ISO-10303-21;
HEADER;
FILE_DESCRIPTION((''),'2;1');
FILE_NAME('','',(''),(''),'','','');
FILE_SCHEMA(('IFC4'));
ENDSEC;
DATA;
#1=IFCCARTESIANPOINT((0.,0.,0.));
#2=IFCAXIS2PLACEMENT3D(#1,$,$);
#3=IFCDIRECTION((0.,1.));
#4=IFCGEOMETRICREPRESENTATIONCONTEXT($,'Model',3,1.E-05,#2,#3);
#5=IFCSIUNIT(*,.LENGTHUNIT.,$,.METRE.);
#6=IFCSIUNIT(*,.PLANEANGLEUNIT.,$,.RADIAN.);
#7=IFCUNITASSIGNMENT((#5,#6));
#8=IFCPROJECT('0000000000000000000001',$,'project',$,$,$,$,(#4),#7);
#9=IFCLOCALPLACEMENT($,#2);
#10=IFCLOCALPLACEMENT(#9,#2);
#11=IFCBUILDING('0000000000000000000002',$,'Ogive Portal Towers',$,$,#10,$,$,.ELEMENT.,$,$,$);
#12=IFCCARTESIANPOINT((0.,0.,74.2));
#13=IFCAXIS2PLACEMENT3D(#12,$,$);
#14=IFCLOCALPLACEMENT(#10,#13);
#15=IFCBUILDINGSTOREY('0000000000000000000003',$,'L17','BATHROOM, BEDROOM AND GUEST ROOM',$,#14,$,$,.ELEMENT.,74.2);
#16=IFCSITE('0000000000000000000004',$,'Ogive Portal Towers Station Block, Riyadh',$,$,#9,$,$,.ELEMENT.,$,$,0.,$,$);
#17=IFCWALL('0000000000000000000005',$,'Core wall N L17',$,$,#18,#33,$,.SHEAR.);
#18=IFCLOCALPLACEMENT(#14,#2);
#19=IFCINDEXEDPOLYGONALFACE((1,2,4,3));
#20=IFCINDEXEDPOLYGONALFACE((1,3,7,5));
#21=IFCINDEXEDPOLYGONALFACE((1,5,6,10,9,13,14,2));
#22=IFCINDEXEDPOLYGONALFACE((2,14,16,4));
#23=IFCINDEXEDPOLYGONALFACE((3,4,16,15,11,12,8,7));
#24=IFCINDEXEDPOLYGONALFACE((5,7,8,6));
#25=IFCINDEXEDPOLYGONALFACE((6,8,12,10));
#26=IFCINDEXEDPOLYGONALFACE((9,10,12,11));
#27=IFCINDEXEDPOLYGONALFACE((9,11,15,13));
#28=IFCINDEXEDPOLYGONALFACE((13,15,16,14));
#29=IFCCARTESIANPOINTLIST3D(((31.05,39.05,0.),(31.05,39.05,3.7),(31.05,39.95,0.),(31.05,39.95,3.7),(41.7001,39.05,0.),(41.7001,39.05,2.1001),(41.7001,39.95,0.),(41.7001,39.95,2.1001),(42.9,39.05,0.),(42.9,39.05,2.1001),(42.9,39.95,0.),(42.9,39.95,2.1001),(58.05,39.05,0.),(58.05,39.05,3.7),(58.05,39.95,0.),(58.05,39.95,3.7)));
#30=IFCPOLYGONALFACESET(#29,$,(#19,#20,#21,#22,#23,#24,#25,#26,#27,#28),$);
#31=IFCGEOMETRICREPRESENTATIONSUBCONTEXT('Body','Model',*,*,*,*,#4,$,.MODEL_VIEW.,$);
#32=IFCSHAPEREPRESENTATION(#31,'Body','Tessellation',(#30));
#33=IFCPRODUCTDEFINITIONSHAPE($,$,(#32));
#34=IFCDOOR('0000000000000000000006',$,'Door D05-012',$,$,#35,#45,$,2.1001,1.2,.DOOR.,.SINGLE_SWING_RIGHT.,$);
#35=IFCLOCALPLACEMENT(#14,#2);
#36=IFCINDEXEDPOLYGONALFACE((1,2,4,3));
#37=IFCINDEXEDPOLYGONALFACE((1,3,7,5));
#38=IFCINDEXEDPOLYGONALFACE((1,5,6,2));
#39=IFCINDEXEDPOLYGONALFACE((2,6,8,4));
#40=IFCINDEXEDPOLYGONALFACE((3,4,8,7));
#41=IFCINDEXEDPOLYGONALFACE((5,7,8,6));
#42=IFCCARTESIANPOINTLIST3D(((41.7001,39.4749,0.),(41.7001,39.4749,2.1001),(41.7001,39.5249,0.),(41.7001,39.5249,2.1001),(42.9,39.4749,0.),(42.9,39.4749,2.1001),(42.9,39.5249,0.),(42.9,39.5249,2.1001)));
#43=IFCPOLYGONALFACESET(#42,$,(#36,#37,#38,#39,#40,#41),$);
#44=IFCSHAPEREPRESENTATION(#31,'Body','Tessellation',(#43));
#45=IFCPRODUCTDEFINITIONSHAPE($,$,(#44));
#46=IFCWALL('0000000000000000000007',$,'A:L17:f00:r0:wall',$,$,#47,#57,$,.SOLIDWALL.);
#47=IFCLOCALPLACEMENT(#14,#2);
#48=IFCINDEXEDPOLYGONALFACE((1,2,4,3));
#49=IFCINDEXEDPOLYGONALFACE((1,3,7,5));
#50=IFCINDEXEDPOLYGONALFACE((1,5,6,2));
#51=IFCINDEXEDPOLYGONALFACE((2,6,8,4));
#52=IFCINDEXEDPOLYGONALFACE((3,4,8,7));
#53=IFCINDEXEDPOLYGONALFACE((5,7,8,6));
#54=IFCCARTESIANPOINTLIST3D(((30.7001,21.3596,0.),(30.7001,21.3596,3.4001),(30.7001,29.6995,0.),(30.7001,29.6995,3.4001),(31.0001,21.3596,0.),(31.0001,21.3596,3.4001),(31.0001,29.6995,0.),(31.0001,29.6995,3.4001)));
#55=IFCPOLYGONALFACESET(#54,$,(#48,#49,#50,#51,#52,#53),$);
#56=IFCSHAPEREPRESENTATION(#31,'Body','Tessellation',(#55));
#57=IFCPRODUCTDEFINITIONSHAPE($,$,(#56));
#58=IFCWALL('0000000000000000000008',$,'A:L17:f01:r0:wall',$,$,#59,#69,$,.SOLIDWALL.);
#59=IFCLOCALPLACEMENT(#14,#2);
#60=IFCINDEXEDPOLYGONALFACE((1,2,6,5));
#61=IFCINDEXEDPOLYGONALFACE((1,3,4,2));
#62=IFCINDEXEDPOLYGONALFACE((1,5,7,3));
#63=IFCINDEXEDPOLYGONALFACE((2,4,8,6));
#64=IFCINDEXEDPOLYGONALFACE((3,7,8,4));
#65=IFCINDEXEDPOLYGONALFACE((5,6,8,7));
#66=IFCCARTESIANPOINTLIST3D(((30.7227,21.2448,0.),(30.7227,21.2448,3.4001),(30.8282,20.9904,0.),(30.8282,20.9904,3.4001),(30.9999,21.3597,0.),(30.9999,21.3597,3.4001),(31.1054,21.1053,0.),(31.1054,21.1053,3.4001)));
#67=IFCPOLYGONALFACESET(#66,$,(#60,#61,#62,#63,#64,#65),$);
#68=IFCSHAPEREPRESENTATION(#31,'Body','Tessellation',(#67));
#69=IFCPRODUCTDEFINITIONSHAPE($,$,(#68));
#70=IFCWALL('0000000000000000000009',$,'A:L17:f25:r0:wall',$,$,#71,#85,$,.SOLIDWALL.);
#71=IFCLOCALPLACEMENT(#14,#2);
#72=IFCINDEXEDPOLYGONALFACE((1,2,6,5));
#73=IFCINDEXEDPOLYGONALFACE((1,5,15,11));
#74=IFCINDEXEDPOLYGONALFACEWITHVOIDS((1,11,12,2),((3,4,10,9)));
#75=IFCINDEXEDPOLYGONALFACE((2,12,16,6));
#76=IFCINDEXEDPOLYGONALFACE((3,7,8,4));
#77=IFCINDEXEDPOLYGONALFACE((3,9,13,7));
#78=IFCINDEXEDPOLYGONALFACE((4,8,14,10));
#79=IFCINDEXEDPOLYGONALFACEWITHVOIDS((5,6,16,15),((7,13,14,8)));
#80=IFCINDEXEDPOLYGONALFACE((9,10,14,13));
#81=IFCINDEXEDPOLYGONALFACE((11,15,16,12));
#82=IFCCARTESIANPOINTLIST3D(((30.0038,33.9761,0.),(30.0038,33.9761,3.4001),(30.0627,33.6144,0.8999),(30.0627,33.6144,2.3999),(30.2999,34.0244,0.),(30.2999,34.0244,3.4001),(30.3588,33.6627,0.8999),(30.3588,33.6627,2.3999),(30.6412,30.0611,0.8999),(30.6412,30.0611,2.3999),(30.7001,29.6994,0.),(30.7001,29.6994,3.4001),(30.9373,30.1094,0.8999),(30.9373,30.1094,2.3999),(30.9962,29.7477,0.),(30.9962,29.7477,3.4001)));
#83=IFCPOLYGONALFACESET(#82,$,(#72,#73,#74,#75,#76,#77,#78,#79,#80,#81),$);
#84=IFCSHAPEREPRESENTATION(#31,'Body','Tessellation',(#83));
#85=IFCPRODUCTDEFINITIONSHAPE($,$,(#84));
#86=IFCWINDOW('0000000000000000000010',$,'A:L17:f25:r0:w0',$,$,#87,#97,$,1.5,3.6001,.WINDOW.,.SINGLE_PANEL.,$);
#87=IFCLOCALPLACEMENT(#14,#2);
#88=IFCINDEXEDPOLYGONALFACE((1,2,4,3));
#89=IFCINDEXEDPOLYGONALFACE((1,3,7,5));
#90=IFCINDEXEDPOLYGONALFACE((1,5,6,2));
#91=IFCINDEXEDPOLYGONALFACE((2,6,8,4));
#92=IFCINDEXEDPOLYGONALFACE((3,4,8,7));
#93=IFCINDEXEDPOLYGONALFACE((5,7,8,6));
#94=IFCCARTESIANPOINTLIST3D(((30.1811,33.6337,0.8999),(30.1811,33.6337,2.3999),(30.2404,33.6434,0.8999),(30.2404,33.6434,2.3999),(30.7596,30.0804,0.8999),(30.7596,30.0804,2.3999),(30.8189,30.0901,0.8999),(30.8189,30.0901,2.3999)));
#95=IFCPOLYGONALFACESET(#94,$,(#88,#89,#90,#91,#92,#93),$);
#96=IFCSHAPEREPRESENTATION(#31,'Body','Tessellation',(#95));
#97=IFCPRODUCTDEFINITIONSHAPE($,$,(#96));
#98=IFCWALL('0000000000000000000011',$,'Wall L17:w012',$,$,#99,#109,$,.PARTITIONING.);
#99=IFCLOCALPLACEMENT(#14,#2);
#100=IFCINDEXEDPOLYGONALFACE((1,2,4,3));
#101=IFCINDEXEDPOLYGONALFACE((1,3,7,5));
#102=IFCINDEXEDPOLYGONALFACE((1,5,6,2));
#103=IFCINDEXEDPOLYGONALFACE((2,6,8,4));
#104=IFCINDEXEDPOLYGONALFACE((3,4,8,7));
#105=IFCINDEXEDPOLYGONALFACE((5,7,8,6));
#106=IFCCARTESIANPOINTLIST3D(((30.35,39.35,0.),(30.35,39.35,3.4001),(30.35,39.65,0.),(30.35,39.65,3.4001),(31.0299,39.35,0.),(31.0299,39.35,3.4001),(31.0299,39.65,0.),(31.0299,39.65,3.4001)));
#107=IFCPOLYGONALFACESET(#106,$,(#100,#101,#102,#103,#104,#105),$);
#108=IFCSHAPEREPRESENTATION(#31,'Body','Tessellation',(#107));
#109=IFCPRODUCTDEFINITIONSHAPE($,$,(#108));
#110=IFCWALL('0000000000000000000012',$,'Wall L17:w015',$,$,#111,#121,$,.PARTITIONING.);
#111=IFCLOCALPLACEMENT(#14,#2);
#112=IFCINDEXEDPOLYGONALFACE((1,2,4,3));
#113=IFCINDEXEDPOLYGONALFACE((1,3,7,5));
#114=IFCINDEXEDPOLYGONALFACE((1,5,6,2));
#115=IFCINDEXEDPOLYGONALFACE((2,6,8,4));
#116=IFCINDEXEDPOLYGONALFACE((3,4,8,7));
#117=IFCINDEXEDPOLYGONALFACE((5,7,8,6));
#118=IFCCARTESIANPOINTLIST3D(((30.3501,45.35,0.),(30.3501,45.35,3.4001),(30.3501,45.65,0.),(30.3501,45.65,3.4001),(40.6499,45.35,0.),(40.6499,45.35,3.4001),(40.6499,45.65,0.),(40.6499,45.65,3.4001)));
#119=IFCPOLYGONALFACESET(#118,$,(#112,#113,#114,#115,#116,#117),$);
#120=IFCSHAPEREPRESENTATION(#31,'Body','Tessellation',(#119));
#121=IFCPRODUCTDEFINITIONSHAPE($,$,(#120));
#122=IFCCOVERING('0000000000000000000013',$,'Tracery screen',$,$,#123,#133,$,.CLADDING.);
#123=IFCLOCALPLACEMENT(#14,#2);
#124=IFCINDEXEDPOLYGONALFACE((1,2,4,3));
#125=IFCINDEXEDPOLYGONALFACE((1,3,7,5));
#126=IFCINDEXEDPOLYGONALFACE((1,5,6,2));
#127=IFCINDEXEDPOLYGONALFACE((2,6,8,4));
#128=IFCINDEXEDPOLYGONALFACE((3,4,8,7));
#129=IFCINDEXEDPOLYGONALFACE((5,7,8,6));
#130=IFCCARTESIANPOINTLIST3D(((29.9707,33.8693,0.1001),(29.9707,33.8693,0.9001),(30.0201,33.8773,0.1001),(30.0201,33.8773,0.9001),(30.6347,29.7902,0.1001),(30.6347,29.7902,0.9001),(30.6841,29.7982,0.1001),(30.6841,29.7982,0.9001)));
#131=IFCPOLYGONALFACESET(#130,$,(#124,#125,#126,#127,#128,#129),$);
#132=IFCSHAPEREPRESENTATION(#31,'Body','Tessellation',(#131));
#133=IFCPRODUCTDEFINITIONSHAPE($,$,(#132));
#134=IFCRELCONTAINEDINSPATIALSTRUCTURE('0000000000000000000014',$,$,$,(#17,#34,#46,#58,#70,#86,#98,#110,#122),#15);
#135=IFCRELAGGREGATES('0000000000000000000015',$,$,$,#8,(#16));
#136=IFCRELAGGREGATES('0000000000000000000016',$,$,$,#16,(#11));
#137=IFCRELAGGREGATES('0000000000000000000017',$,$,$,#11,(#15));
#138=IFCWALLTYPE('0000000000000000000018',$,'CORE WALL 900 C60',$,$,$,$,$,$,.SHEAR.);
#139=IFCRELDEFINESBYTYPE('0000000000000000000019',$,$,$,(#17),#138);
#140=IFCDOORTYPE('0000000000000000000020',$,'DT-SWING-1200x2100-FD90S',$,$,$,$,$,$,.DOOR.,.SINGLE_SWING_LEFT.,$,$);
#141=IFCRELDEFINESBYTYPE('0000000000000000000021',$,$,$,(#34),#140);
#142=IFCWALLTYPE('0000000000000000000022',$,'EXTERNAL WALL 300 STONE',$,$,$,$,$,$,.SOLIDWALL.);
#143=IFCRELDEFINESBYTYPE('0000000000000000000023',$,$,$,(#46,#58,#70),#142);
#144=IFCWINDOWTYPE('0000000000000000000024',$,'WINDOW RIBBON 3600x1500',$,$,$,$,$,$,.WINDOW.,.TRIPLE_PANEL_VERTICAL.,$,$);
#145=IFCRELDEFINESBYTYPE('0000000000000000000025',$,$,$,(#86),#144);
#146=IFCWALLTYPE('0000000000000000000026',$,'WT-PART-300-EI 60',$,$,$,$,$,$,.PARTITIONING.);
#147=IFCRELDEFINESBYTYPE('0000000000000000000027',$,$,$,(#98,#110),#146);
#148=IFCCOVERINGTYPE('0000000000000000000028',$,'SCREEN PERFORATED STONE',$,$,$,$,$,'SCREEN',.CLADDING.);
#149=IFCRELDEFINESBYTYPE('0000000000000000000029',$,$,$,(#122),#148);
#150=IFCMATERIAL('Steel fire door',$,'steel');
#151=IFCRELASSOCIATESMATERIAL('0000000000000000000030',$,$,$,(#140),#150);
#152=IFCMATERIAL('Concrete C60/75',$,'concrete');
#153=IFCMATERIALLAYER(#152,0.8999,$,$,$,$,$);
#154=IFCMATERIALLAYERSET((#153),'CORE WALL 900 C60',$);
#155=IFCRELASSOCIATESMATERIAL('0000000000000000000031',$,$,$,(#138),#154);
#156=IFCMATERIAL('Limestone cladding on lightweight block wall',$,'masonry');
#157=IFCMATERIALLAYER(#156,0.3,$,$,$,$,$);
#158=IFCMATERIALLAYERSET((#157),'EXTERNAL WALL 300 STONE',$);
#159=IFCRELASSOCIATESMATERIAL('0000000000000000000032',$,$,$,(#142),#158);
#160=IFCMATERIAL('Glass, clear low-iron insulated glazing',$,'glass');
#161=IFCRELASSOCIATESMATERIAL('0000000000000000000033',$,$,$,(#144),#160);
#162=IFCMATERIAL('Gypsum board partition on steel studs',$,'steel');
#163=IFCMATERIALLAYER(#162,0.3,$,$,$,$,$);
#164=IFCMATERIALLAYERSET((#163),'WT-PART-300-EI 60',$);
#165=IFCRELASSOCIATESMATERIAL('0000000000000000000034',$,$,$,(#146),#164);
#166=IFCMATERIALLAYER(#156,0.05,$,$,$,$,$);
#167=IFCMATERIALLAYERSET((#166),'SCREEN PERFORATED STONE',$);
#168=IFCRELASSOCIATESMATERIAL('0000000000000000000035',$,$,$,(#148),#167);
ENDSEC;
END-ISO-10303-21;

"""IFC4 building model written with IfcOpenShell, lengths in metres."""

from ifc_helpers import new_model, si_unit, direction, frame, frame_2d, origin, origin_2d, place, context, subcontext, project, spatial, rectangle, extrude, material, layer, layer_set, type_object, element, fill, save


model = new_model("IFC4")

# Units and contexts
model_context = context("Model", 3, precision=1e-05, world=origin(), true_north=direction((0.0, 1.0)))
body_context = subcontext(model_context, "Body", "Model", "MODEL_VIEW")
ifc_project = project(units=[si_unit("LENGTHUNIT", "METRE"), si_unit("PLANEANGLEUNIT", "RADIAN")], contexts=[model_context])

# Site, building, storey
site_placement = place(None, origin())
site = spatial("IfcSite", under=ifc_project, at=site_placement, Name="Ogive Portal Towers Station Block, Riyadh", CompositionType="ELEMENT", RefElevation=0.0)
building_placement = place(site_placement, origin())
building = spatial("IfcBuilding", under=site, at=building_placement, Name="Ogive Portal Towers", CompositionType="ELEMENT")
storey_placement = place(building_placement, frame((0.0, 0.0, 74.2)))
storey = spatial("IfcBuildingStorey", under=building, at=storey_placement, Name="L17", Description="BATHROOM, BEDROOM AND GUEST ROOM", CompositionType="ELEMENT", Elevation=74.2)

# Shared definitions
ifc_material_1 = material(Name="Concrete C60/75", Category="concrete")
ifc_material_2 = material(Name="Steel fire door", Category="steel")
door_type_1 = type_object("IfcDoorType", Name="DT-SWING-1200x2100-FD90S", OperationType="SINGLE_SWING_LEFT", PredefinedType="DOOR", material=ifc_material_2)

# Shared definitions
ifc_layer_1 = layer(ifc_material_1, 0.8999)
ifc_layer_set_1 = layer_set([ifc_layer_1], Name="CORE WALL 900 C60")
wall_type_1 = type_object("IfcWallType", Name="CORE WALL 900 C60", PredefinedType="SHEAR", material=ifc_layer_set_1)

# Wall, opening, door
wall_1_placement = place(storey_placement, frame((31.05, 39.5, 0.0), z_axis=(0.0, 0.0, 1.0), x_axis=(1.0, 0.0, 0.0)))
wall_1 = element("IfcWall", 1, at=wall_1_placement, inside=storey, type_object=wall_type_1, Name="Core wall N L17", PredefinedType="SHEAR", context=body_context, shape_type="SweptSolid", body=[
    extrude(rectangle(XDim=27.0, YDim=0.8999, at=frame_2d((13.5, 0.0))), origin(), (0.0, 0.0, 1.0), 3.7),
])
opening_1_placement = place(wall_1_placement, frame((10.6499, 0.0, 0.0)))
opening_1 = element("IfcOpeningElement", 2, at=opening_1_placement, cuts=wall_1, PredefinedType="OPENING", context=body_context, shape_type="SweptSolid", body=[
    extrude(rectangle(XDim=1.2, YDim=2.1001, at=frame_2d((0.6001, 1.05))), frame((0.0, 0.46, 0.0), z_axis=(0.0, -1.0, 0.0), x_axis=(1.0, 0.0, 0.0)), (0.0, 0.0, 1.0), 0.9199),
])
door_1_placement = place(opening_1_placement, origin())
door_1 = element("IfcDoor", 3, at=door_1_placement, inside=storey, type_object=door_type_1, Name="Door D05-012", OperationType="SINGLE_SWING_RIGHT", OverallHeight=2.1001, OverallWidth=1.2, PredefinedType="DOOR", context=body_context, shape_type="SweptSolid", body=[
    extrude(rectangle(XDim=1.2, YDim=2.1001, at=frame_2d((0.6001, 1.05))), frame((0.0, 0.0249, 0.0), z_axis=(0.0, -1.0, 0.0), x_axis=(1.0, 0.0, 0.0)), (0.0, 0.0, 1.0), 0.05),
])
fill(opening_1, door_1)

# Walls
ifc_material_3 = material(Name="Limestone cladding on lightweight block wall", Category="masonry")
ifc_layer_2 = layer(ifc_material_3, 0.3)
ifc_layer_set_2 = layer_set([ifc_layer_2], Name="EXTERNAL WALL 300 STONE")
wall_type_2 = type_object("IfcWallType", Name="EXTERNAL WALL 300 STONE", PredefinedType="SOLIDWALL", material=ifc_layer_set_2)
wall_2_placement = place(storey_placement, frame((30.8501, 29.6995, 0.0), z_axis=(0.0, 0.0, 1.0), x_axis=(0.0, -1.0, 0.0)))
element("IfcWall", 4, at=wall_2_placement, inside=storey, type_object=wall_type_2, Name="A:L17:f00:r0:wall", PredefinedType="SOLIDWALL", context=body_context, shape_type="SweptSolid", body=[
    extrude(rectangle(XDim=8.3398, YDim=0.3, at=frame_2d((4.1699, 0.0))), origin(), (0.0, 0.0, 1.0), 3.4001),
])
wall_3_placement = place(storey_placement, frame((30.8613, 21.3022, 0.0), z_axis=(0.0, 0.0, 1.0), x_axis=(0.382978, -0.923757, 0.0)))
element("IfcWall", 5, at=wall_3_placement, inside=storey, type_object=wall_type_2, Name="A:L17:f01:r0:wall", PredefinedType="SOLIDWALL", context=body_context, shape_type="SweptSolid", body=[
    extrude(rectangle(XDim=0.2754, YDim=0.3, at=frame_2d((0.1377, 0.0))), origin(), (0.0, 0.0, 1.0), 3.4001),
])

# Wall, opening, window
wall_4_placement = place(storey_placement, frame((30.1519, 34.0002, 0.0), z_axis=(0.0, 0.0, 1.0), x_axis=(0.160697, -0.987004, 0.0)))
wall_4 = element("IfcWall", 6, at=wall_4_placement, inside=storey, type_object=wall_type_2, Name="A:L17:f25:r0:wall", PredefinedType="SOLIDWALL", context=body_context, shape_type="SweptSolid", body=[
    extrude(rectangle(XDim=4.333, YDim=0.3, at=frame_2d((2.1665, 0.0))), origin(), (0.0, 0.0, 1.0), 3.4001),
])
opening_2_placement = place(wall_4_placement, frame((0.3665, 0.0, 0.8999)))
opening_2 = element("IfcOpeningElement", 7, at=opening_2_placement, cuts=wall_4, PredefinedType="OPENING", context=body_context, shape_type="SweptSolid", body=[
    extrude(rectangle(XDim=3.6001, YDim=1.5, at=frame_2d((1.8, 0.75))), frame((0.0, 0.1602, 0.0), z_axis=(0.0, -1.0, 0.0), x_axis=(1.0, 0.0, 0.0)), (0.0, 0.0, 1.0), 0.3201),
])
ifc_material_4 = material(Name="Glass, clear low-iron insulated glazing", Category="glass")
window_type = type_object("IfcWindowType", Name="WINDOW RIBBON 3600x1500", PartitioningType="TRIPLE_PANEL_VERTICAL", PredefinedType="WINDOW", material=ifc_material_4)
window_placement = place(opening_2_placement, origin())
window = element("IfcWindow", 8, at=window_placement, inside=storey, type_object=window_type, Name="A:L17:f25:r0:w0", OverallHeight=1.5, OverallWidth=3.6001, PartitioningType="SINGLE_PANEL", PredefinedType="WINDOW", context=body_context, shape_type="SweptSolid", body=[
    extrude(rectangle(XDim=3.6001, YDim=1.5, at=frame_2d((1.8, 0.75))), frame((0.0, 0.03, 0.0), z_axis=(0.0, -1.0, 0.0), x_axis=(1.0, 0.0, 0.0)), (0.0, 0.0, 1.0), 0.0601),
])
fill(opening_2, window)

# Walls
ifc_material_5 = material(Name="Gypsum board partition on steel studs", Category="steel")
ifc_layer_3 = layer(ifc_material_5, 0.3)
ifc_layer_set_3 = layer_set([ifc_layer_3], Name="WT-PART-300-EI 60")
wall_type_3 = type_object("IfcWallType", Name="WT-PART-300-EI 60", PredefinedType="PARTITIONING", material=ifc_layer_set_3)
wall_5_placement = place(storey_placement, frame((30.3501, 39.5, 0.0), z_axis=(0.0, 0.0, 1.0), x_axis=(1.0, 0.0, 0.0)))
element("IfcWall", 9, at=wall_5_placement, inside=storey, type_object=wall_type_3, Name="Wall L17:w012", PredefinedType="PARTITIONING", context=body_context, shape_type="SweptSolid", body=[
    extrude(rectangle(XDim=0.6799, YDim=0.3, at=frame_2d((0.3398, 0.0))), origin(), (0.0, 0.0, 1.0), 3.4001),
])
wall_6_placement = place(storey_placement, frame((30.3501, 45.5, 0.0), z_axis=(0.0, 0.0, 1.0), x_axis=(1.0, 0.0, 0.0)))
element("IfcWall", 10, at=wall_6_placement, inside=storey, type_object=wall_type_3, Name="Wall L17:w015", PredefinedType="PARTITIONING", context=body_context, shape_type="SweptSolid", body=[
    extrude(rectangle(XDim=10.2998, YDim=0.3, at=frame_2d((5.1499, 0.0))), origin(), (0.0, 0.0, 1.0), 3.4001),
])

# Covering
ifc_layer_4 = layer(ifc_material_3, 0.05)
ifc_layer_set_4 = layer_set([ifc_layer_4], Name="SCREEN PERFORATED STONE")
covering_type = type_object("IfcCoveringType", Name="SCREEN PERFORATED STONE", ElementType="SCREEN", PredefinedType="CLADDING", material=ifc_layer_set_4)
covering_placement = place(storey_placement, frame((30.3274, 31.8337, 0.1001), z_axis=(0.0, 0.0, 1.0), x_axis=(0.160655, -0.987011, 0.0)))
element("IfcCovering", 11, at=covering_placement, inside=storey, type_object=covering_type, Name="Tracery screen", PredefinedType="CLADDING", context=body_context, shape_type="SweptSolid", body=[
    extrude(rectangle(XDim=4.1328, YDim=0.05, at=origin_2d()), origin(), (0.0, 0.0, 1.0), 0.8),
])

save(model, "model.ifc")
